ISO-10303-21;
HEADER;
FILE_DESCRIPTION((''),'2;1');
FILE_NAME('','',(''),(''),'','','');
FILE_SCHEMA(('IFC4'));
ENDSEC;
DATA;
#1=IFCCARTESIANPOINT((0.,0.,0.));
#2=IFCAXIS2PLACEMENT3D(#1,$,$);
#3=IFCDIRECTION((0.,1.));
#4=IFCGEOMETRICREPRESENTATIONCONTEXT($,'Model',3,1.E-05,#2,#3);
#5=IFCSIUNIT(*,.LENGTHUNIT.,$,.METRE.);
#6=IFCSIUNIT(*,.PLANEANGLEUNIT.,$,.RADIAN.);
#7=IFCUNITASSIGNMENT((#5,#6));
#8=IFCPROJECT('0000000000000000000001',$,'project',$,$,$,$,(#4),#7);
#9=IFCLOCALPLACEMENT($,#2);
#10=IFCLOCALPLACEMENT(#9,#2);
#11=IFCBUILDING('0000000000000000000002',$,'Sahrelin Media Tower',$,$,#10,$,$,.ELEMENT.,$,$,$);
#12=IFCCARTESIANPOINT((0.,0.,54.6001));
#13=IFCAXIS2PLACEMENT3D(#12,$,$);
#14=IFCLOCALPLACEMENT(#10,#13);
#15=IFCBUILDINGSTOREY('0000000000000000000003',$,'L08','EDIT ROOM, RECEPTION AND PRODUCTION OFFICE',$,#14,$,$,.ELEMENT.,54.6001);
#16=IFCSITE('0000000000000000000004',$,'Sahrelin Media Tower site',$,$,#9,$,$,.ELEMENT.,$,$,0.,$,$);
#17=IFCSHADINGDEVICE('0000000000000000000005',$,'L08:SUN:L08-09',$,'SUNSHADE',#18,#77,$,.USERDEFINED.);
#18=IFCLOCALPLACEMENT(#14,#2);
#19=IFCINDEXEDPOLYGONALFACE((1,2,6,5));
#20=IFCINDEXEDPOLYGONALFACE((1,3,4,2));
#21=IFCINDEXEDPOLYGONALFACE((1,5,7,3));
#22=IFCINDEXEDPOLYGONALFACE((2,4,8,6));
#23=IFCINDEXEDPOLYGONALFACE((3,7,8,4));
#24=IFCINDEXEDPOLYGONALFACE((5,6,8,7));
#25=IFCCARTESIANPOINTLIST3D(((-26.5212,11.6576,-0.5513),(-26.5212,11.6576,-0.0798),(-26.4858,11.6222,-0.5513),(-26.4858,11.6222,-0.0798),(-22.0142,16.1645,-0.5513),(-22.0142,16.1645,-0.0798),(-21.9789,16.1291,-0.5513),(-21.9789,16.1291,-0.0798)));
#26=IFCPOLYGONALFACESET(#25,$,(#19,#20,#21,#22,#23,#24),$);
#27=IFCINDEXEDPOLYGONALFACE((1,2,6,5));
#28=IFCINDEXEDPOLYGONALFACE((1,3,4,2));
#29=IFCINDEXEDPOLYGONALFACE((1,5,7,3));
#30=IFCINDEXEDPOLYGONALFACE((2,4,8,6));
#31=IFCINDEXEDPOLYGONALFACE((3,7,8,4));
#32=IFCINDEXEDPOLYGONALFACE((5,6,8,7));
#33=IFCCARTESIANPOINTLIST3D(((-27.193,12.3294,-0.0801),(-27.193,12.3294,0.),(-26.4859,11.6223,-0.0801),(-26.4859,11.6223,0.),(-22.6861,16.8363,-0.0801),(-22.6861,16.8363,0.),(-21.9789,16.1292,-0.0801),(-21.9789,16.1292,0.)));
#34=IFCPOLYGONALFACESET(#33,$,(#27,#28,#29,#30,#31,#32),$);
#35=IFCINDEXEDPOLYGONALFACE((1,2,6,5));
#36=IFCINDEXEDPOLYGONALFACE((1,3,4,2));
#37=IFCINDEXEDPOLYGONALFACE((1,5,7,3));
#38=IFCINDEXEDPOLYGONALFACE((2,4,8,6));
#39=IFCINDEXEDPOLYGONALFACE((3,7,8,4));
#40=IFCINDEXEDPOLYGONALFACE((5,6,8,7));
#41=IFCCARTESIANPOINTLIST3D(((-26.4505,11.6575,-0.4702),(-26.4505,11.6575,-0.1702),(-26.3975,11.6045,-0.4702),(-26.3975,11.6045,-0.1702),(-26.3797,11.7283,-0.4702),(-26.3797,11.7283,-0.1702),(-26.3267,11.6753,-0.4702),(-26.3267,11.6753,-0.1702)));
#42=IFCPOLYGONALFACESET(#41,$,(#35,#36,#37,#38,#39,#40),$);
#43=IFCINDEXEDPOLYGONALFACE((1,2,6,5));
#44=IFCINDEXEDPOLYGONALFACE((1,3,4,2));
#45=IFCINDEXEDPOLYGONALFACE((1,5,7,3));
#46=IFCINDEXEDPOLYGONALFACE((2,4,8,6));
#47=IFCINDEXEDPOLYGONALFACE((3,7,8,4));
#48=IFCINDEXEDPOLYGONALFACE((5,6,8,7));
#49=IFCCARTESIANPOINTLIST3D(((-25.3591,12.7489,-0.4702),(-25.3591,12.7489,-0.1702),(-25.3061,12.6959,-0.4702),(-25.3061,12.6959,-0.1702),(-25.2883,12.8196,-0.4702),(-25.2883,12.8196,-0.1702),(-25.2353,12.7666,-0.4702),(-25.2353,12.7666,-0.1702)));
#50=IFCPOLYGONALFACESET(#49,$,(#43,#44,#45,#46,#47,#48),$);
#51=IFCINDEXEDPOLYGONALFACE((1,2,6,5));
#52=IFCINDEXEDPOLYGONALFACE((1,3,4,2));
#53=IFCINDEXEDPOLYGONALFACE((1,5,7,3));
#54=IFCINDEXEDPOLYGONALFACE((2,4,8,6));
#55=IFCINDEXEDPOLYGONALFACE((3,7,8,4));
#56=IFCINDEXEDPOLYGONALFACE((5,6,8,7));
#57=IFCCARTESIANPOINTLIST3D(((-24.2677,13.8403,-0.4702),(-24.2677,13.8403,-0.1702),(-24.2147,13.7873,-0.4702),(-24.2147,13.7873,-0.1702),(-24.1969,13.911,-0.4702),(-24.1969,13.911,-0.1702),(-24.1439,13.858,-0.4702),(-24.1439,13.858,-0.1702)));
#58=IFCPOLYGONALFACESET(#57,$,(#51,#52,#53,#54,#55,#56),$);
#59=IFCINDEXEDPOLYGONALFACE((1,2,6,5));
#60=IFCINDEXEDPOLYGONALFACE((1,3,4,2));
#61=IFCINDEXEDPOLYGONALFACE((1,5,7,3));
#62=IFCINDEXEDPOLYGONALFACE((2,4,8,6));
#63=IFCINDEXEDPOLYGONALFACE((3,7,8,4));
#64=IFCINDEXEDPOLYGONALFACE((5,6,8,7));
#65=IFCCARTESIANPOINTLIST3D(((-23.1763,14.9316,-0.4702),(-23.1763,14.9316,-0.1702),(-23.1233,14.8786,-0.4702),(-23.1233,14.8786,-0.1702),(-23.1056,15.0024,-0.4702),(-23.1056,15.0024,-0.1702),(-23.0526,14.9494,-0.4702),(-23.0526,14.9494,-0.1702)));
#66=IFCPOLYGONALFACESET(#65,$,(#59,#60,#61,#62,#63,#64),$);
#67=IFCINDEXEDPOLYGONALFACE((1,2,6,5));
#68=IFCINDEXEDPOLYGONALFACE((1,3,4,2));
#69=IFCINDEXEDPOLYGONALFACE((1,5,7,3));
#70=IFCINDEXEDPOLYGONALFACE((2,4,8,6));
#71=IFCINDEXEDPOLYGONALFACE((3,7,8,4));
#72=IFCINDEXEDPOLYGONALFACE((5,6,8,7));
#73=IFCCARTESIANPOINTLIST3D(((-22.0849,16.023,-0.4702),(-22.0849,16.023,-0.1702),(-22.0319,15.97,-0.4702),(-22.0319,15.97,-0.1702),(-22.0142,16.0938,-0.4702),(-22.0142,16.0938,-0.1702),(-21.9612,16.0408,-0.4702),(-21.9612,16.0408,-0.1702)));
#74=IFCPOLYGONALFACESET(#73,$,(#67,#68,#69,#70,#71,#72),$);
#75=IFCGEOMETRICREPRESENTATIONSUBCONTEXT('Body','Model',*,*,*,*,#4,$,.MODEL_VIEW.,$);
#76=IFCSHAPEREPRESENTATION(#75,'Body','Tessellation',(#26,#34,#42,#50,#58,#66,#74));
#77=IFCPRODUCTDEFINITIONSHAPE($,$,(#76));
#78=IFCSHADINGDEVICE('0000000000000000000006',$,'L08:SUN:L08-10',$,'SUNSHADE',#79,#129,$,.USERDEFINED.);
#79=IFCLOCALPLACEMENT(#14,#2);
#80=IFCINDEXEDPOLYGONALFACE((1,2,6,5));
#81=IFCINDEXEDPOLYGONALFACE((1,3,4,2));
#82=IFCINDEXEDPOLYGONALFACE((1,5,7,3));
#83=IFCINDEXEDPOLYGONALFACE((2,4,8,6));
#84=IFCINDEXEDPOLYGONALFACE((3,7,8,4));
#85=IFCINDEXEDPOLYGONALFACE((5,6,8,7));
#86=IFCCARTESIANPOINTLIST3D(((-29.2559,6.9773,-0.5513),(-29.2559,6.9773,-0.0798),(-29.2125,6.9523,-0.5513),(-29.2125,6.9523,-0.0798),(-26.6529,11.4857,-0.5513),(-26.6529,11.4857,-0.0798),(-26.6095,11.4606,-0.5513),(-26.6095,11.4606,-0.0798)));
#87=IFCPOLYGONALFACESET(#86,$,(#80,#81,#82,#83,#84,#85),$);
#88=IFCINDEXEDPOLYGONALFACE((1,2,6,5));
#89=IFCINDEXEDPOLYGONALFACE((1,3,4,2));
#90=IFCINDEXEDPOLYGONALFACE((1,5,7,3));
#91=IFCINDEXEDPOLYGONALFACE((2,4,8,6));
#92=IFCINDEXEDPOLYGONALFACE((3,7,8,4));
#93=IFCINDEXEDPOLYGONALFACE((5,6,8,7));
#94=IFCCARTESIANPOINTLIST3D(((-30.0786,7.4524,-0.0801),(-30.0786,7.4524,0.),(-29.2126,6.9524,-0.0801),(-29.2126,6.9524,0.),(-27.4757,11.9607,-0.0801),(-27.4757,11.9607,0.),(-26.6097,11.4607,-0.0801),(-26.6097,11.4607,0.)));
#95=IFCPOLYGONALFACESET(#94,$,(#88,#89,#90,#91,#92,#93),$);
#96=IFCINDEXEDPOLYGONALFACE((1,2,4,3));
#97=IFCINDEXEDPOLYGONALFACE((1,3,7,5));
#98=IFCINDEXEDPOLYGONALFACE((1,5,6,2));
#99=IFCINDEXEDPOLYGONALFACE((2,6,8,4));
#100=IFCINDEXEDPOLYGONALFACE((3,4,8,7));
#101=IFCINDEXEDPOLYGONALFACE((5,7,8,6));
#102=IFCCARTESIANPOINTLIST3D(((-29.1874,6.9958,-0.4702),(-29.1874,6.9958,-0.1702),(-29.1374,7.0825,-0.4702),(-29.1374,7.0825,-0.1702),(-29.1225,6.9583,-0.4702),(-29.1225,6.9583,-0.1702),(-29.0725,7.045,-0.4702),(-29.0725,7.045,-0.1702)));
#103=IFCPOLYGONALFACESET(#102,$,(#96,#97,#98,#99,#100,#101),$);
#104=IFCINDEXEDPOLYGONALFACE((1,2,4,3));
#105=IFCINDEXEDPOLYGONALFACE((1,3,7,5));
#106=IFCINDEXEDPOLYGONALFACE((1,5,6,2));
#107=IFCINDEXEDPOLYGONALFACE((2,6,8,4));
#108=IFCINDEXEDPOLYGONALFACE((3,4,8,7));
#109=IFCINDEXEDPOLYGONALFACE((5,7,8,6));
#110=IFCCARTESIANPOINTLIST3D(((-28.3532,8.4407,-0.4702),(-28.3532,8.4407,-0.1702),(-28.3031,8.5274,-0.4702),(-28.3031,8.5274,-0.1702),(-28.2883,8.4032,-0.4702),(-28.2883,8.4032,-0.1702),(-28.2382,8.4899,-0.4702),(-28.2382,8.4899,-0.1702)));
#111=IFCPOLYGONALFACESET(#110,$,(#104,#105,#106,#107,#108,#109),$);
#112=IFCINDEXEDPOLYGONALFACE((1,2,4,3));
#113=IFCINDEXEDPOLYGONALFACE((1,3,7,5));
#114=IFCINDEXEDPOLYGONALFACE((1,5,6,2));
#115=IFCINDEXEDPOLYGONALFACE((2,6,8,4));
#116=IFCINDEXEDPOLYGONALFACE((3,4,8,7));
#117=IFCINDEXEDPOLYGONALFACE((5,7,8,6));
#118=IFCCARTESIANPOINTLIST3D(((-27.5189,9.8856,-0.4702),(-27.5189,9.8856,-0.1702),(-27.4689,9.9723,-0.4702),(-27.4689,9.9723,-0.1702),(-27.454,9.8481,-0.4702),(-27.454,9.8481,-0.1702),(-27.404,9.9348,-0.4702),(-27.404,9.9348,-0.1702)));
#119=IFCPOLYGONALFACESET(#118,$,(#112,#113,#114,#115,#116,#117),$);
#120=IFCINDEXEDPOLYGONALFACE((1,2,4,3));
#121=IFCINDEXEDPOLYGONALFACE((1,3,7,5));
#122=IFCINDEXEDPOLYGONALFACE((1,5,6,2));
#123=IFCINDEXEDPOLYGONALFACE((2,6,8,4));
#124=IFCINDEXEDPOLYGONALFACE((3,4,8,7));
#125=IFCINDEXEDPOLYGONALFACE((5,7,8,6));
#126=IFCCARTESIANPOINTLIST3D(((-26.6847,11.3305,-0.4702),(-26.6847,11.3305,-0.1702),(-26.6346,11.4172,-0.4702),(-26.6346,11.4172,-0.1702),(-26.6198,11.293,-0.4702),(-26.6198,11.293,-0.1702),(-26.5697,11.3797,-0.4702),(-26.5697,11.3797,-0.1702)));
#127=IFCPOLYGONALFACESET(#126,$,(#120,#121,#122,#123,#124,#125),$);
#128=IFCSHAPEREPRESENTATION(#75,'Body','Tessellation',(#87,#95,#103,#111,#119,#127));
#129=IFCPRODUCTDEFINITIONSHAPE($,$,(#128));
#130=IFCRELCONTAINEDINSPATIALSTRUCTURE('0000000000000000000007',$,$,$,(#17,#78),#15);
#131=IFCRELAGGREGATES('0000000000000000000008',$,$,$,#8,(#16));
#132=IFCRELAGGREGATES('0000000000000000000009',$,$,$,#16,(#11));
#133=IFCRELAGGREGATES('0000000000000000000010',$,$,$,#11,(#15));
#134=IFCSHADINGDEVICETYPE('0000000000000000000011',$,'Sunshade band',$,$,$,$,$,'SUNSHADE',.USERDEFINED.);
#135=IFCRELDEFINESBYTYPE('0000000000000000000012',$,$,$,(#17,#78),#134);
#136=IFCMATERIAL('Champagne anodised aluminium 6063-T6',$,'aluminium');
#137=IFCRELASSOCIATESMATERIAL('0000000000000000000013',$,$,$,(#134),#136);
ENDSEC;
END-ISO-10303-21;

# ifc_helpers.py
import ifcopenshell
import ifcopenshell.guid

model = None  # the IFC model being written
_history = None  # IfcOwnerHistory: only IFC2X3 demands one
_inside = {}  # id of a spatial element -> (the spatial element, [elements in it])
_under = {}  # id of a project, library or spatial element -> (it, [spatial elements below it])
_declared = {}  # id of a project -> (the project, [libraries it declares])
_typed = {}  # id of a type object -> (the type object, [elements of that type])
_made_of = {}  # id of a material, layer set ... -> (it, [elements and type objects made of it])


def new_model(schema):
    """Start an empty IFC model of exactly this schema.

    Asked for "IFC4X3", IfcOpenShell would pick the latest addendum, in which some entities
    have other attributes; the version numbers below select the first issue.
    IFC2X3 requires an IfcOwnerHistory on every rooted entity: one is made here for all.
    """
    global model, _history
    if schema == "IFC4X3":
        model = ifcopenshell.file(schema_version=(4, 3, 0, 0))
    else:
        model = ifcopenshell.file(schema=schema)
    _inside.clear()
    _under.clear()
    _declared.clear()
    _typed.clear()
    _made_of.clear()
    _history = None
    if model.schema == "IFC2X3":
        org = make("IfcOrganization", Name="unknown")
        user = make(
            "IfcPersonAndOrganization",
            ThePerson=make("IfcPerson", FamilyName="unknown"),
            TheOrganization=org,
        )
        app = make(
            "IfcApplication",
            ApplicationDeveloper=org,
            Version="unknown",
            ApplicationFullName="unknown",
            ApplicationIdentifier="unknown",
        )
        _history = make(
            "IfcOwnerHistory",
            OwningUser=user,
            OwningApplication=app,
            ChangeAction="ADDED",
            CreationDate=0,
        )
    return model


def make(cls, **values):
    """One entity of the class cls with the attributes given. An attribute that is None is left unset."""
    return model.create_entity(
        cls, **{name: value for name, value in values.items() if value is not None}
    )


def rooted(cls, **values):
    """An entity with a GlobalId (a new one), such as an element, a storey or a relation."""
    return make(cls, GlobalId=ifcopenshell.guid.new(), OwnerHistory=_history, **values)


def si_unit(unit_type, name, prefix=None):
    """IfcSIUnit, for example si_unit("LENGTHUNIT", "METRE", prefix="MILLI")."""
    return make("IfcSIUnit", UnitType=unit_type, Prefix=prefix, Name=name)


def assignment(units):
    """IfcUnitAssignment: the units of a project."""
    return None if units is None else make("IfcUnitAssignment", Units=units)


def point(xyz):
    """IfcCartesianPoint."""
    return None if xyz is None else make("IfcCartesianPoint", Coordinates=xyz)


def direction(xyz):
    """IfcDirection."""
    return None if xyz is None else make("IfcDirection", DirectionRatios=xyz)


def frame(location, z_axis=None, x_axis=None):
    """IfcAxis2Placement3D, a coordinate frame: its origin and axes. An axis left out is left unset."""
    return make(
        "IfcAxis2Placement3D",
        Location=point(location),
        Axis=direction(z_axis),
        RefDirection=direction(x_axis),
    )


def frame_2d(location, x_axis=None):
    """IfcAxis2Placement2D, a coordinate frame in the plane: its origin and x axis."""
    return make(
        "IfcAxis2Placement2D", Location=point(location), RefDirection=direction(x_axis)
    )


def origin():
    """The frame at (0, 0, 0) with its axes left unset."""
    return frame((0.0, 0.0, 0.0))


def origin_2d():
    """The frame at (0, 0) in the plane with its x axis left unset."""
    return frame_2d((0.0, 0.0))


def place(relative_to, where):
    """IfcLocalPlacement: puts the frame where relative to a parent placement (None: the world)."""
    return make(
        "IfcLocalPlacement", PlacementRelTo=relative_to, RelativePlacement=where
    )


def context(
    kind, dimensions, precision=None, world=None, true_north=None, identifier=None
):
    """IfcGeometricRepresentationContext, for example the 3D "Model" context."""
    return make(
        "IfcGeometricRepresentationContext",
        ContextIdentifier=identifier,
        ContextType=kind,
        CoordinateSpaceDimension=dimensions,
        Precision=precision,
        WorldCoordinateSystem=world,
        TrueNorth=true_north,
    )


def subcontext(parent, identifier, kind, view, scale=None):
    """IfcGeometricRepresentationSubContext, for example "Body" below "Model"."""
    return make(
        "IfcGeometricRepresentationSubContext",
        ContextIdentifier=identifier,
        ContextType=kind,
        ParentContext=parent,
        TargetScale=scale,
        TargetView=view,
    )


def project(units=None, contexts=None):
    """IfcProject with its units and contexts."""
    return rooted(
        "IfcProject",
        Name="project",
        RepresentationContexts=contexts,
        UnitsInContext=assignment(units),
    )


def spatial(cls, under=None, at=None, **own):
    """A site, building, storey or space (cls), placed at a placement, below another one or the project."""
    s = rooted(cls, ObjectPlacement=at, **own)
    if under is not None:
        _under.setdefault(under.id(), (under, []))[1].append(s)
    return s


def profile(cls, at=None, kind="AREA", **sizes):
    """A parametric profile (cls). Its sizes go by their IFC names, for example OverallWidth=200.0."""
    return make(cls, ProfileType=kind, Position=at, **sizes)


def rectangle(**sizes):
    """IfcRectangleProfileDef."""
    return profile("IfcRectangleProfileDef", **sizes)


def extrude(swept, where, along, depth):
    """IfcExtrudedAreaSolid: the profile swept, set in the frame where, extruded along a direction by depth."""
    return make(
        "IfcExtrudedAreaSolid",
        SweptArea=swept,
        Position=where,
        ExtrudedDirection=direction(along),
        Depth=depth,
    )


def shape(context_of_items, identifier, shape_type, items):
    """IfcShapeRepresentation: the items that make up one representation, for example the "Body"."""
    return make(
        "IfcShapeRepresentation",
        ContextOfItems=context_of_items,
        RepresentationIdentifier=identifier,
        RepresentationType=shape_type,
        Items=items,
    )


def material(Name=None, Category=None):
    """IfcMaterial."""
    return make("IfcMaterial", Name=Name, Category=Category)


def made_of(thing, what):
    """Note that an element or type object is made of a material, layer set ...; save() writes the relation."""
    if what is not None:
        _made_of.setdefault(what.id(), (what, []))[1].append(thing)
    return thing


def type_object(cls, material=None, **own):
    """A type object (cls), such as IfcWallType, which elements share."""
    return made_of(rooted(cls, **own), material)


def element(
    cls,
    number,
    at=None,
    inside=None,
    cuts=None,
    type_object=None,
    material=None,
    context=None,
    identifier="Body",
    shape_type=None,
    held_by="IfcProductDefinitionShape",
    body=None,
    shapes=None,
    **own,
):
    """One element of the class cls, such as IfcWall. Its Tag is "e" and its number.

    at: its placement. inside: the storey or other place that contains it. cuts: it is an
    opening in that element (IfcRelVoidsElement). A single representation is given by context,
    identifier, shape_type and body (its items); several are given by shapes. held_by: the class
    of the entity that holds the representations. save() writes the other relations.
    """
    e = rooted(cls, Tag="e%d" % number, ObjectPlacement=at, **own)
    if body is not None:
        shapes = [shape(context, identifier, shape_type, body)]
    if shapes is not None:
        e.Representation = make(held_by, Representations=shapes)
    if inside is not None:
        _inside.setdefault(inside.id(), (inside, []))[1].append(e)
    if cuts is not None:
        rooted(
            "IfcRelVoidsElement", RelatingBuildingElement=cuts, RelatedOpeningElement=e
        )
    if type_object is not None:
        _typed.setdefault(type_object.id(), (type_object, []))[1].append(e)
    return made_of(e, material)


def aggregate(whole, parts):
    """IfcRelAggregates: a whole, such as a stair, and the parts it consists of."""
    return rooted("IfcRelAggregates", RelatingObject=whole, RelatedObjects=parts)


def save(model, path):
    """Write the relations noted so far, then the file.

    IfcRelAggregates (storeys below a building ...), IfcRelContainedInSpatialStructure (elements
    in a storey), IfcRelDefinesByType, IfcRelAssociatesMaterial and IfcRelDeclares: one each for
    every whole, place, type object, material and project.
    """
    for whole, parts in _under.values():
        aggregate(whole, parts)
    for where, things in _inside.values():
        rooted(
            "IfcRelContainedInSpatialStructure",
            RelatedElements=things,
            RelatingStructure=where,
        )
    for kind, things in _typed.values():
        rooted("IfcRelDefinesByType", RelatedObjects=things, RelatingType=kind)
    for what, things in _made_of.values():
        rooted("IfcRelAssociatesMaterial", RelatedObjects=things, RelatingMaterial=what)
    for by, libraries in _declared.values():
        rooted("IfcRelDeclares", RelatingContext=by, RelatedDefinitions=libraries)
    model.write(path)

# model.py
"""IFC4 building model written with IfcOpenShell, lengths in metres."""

from ifc_helpers import new_model, si_unit, direction, frame, origin, origin_2d, place, context, subcontext, project, spatial, rectangle, extrude, material, type_object, element, save


model = new_model("IFC4")

# Units and contexts
model_context = context("Model", 3, precision=1e-05, world=origin(), true_north=direction((0.0, 1.0)))
body_context = subcontext(model_context, "Body", "Model", "MODEL_VIEW")
ifc_project = project(units=[si_unit("LENGTHUNIT", "METRE"), si_unit("PLANEANGLEUNIT", "RADIAN")], contexts=[model_context])

# Site, building, storey
site_placement = place(None, origin())
site = spatial("IfcSite", under=ifc_project, at=site_placement, Name="Sahrelin Media Tower site", CompositionType="ELEMENT", RefElevation=0.0)
building_placement = place(site_placement, origin())
building = spatial("IfcBuilding", under=site, at=building_placement, Name="Sahrelin Media Tower", CompositionType="ELEMENT")
storey_placement = place(building_placement, frame((0.0, 0.0, 54.6001)))
storey = spatial("IfcBuildingStorey", under=building, at=storey_placement, Name="L08", Description="EDIT ROOM, RECEPTION AND PRODUCTION OFFICE", CompositionType="ELEMENT", Elevation=54.6001)

# Shared definitions
ifc_material_1 = material(Name="Champagne anodised aluminium 6063-T6", Category="aluminium")

# Shading devices
placement_1 = place(storey_placement, frame((-24.2183, 13.8616, 0.0), z_axis=(0.0, 0.0, 1.0), x_axis=(0.707107, 0.707107, 0.0)))
placement_2 = place(storey_placement, frame((-27.8938, 9.1965, 0.0), z_axis=(0.0, 0.0, 1.0), x_axis=(0.500011, 0.866019, 0.0)))
shading_device_type_1 = type_object("IfcShadingDeviceType", Name="Sunshade band", ElementType="SUNSHADE", PredefinedType="USERDEFINED", material=ifc_material_1)
element("IfcShadingDevice", 1, at=placement_1, inside=storey, type_object=shading_device_type_1, Name="L08:SUN:L08-09", ObjectType="SUNSHADE", PredefinedType="USERDEFINED", context=body_context, shape_type="SweptSolid", body=[
    extrude(rectangle(XDim=6.3738, YDim=0.05, at=origin_2d()), frame((0.0, 0.0449, -0.5513)), (0.0, 0.0, 1.0), 0.4714),
    extrude(rectangle(XDim=6.3738, YDim=1.0, at=origin_2d()), frame((0.0, 0.52, -0.0801)), (0.0, 0.0, 1.0), 0.0801),
    extrude(rectangle(XDim=0.1001, YDim=0.075, at=origin_2d()), frame((-3.0869, -0.0176, -0.4702)), (0.0, 0.0, 1.0), 0.3),
    extrude(rectangle(XDim=0.1001, YDim=0.075, at=origin_2d()), frame((-1.5435, -0.0176, -0.4702)), (0.0, 0.0, 1.0), 0.3),
    extrude(rectangle(XDim=0.1001, YDim=0.075, at=origin_2d()), frame((0.0, -0.0176, -0.4702)), (0.0, 0.0, 1.0), 0.3),
    extrude(rectangle(XDim=0.1001, YDim=0.075, at=origin_2d()), frame((1.5435, -0.0176, -0.4702)), (0.0, 0.0, 1.0), 0.3),
    extrude(rectangle(XDim=0.1001, YDim=0.075, at=origin_2d()), frame((3.0869, -0.0176, -0.4702)), (0.0, 0.0, 1.0), 0.3),
])
element("IfcShadingDevice", 2, at=placement_2, inside=storey, type_object=shading_device_type_1, Name="L08:SUN:L08-10", ObjectType="SUNSHADE", PredefinedType="USERDEFINED", context=body_context, shape_type="SweptSolid", body=[
    extrude(rectangle(XDim=5.2058, YDim=0.05, at=origin_2d()), frame((0.0, 0.0449, -0.5513)), (0.0, 0.0, 1.0), 0.4714),
    extrude(rectangle(XDim=5.2058, YDim=1.0, at=origin_2d()), frame((0.0, 0.52, -0.0801)), (0.0, 0.0, 1.0), 0.0801),
    extrude(rectangle(XDim=0.1001, YDim=0.075, at=origin_2d()), frame((-2.5027, -0.0176, -0.4702)), (0.0, 0.0, 1.0), 0.3),
    extrude(rectangle(XDim=0.1001, YDim=0.075, at=origin_2d()), frame((-0.8342, -0.0176, -0.4702)), (0.0, 0.0, 1.0), 0.3),
    extrude(rectangle(XDim=0.1001, YDim=0.075, at=origin_2d()), frame((0.8342, -0.0176, -0.4702)), (0.0, 0.0, 1.0), 0.3),
    extrude(rectangle(XDim=0.1001, YDim=0.075, at=origin_2d()), frame((2.5027, -0.0176, -0.4702)), (0.0, 0.0, 1.0), 0.3),
])

save(model, "model.ifc")
